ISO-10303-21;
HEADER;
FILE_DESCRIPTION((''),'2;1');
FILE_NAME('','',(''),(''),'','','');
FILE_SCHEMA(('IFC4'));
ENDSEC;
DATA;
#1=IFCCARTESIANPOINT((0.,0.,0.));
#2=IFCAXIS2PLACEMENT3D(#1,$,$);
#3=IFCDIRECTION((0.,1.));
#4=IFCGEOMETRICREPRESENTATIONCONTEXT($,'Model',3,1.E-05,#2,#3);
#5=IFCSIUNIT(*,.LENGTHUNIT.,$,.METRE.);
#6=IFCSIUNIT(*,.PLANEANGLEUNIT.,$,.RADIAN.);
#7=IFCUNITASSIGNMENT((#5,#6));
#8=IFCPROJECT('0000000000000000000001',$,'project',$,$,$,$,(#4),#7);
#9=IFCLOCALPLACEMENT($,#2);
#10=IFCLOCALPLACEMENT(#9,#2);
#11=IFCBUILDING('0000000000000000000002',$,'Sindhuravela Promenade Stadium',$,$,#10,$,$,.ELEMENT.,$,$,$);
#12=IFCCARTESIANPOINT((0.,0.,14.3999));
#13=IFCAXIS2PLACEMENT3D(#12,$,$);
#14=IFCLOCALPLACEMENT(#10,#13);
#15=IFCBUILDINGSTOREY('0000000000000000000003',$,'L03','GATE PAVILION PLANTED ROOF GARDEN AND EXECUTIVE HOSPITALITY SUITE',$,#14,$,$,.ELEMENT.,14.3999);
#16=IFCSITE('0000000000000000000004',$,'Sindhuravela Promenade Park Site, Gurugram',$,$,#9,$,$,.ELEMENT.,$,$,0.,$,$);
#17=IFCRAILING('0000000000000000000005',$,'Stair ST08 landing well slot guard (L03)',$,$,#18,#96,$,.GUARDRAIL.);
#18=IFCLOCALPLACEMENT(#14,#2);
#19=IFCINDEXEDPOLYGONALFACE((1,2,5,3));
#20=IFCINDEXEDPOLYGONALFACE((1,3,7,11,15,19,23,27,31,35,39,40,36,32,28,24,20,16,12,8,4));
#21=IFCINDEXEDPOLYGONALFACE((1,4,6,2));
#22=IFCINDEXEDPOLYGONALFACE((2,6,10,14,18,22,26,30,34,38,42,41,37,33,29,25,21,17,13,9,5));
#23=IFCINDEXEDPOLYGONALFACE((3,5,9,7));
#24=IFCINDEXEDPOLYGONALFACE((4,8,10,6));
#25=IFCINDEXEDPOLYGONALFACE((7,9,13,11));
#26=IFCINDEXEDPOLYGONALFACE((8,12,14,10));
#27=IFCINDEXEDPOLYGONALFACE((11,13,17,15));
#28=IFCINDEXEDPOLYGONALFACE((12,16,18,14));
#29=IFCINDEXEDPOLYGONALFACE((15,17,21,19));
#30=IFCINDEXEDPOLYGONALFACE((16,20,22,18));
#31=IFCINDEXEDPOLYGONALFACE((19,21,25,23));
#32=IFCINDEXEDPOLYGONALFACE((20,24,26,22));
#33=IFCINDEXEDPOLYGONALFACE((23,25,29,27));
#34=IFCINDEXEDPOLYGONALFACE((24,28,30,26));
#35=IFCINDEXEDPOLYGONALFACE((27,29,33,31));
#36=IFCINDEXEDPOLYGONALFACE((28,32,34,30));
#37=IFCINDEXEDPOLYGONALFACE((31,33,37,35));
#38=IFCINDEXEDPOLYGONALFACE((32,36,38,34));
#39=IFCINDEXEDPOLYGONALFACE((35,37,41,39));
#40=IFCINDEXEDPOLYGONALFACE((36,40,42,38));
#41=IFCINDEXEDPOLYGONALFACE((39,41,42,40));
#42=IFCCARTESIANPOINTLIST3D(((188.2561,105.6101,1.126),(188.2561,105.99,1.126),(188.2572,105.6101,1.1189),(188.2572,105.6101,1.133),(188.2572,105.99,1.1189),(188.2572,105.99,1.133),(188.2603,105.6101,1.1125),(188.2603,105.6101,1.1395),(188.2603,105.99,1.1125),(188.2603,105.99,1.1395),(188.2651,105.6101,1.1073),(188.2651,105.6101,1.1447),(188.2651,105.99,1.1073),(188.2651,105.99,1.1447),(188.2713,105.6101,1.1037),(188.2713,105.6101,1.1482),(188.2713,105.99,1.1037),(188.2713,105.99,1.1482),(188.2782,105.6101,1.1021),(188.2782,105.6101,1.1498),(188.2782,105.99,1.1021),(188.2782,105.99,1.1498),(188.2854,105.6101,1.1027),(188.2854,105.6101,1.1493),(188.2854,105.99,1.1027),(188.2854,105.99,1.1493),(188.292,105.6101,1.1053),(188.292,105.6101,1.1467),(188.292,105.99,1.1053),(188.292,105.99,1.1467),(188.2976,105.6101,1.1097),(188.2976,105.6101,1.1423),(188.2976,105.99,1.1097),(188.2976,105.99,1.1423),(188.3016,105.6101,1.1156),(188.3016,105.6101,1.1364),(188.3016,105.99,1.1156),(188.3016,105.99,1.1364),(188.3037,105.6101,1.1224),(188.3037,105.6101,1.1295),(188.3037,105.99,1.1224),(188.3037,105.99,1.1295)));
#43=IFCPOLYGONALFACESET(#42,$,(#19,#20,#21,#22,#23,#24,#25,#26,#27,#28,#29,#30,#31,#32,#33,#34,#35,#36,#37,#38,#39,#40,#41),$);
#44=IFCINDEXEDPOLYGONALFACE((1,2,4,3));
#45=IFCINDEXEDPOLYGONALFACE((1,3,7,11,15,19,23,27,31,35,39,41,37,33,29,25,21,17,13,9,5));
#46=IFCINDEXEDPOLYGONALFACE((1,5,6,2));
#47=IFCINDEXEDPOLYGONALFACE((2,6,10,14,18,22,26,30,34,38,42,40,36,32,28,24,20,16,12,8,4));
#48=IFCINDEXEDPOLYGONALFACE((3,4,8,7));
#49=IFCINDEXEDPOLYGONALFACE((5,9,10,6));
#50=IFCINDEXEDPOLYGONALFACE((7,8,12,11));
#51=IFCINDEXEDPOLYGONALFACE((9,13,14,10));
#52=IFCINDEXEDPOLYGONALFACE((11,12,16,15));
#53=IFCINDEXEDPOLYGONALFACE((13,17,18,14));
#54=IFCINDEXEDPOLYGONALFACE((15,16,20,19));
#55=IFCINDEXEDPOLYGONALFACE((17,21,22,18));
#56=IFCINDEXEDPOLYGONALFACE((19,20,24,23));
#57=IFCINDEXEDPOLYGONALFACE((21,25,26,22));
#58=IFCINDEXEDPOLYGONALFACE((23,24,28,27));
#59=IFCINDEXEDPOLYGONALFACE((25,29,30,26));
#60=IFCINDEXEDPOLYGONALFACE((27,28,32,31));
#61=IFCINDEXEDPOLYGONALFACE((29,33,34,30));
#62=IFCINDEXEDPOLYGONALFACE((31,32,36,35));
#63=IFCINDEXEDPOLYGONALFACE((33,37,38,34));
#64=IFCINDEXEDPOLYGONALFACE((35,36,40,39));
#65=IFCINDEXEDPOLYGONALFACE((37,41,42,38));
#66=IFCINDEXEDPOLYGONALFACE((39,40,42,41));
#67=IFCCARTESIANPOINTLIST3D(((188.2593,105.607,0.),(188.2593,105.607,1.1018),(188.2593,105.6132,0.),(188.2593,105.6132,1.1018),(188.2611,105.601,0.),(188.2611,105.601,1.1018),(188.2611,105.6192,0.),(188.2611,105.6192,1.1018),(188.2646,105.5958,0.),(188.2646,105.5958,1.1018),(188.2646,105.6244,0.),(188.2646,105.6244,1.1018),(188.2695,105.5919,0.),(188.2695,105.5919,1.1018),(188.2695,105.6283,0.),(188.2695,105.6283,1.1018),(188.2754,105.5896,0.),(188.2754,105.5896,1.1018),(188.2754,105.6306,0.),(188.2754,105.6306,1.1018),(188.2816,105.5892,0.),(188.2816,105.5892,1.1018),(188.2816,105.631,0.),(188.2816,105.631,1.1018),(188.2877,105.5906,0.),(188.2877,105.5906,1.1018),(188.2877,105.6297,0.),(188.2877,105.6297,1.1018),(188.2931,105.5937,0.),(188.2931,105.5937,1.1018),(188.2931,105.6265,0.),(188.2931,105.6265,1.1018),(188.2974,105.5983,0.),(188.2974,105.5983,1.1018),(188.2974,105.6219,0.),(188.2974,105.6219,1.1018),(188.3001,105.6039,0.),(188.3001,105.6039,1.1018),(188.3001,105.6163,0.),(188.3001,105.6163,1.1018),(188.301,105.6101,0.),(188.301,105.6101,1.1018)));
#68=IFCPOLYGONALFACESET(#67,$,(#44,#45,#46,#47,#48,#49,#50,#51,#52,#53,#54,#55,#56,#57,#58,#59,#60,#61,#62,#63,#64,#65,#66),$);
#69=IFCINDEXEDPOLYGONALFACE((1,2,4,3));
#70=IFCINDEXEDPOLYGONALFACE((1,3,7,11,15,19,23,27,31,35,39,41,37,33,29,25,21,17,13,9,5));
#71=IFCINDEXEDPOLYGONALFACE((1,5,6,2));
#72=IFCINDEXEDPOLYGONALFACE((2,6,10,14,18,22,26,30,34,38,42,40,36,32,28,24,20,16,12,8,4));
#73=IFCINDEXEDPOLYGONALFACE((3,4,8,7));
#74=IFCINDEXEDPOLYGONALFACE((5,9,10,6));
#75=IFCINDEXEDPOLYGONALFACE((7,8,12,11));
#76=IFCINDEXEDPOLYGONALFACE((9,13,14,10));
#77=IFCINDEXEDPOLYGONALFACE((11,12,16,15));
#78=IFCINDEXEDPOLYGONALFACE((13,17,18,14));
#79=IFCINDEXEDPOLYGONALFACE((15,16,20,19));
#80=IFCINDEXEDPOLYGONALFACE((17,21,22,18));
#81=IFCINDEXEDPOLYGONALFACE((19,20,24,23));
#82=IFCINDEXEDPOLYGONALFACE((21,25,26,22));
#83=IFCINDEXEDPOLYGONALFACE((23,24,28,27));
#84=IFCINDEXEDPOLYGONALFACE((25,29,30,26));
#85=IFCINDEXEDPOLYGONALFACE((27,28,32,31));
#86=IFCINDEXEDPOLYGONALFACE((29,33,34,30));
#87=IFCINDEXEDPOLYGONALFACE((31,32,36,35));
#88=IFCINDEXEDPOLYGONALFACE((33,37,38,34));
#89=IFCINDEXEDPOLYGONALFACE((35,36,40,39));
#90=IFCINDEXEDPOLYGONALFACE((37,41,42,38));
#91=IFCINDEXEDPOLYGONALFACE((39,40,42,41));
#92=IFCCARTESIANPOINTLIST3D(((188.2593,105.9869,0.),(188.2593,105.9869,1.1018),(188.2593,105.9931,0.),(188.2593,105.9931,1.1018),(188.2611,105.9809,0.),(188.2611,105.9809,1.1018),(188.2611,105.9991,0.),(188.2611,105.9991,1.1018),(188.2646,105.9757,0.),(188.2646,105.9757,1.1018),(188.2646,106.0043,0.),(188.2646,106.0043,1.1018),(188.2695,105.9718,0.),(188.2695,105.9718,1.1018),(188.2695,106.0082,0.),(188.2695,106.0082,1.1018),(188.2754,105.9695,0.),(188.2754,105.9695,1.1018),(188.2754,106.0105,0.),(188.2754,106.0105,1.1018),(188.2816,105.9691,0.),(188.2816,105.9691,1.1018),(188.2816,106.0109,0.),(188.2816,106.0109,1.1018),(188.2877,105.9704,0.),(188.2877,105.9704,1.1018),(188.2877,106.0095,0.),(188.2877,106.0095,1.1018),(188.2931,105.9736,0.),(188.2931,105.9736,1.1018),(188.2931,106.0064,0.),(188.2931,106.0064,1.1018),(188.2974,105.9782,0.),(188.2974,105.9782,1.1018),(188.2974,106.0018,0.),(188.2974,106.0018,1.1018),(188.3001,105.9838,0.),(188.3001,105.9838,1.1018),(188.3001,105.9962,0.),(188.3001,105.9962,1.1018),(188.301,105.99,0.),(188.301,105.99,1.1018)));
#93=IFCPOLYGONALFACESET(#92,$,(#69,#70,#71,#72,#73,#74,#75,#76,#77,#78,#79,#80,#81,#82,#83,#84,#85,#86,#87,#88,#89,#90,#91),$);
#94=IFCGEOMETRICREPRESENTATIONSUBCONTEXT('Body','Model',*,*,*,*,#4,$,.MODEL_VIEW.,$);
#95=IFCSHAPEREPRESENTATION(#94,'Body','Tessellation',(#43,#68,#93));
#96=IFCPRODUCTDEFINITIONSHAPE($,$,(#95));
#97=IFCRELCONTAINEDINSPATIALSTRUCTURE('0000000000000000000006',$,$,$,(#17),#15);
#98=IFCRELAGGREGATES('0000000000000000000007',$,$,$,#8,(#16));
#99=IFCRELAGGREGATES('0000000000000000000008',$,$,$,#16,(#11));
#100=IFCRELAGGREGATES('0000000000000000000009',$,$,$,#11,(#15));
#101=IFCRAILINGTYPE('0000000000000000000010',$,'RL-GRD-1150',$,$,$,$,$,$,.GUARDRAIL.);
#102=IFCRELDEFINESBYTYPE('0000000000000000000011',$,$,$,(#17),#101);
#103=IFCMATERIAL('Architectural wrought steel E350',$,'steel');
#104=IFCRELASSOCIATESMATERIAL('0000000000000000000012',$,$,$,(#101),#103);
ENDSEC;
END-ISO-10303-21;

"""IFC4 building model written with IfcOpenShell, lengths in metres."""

from ifc_helpers import new_model, si_unit, direction, frame, origin, origin_2d, place, context, subcontext, project, spatial, circle, extrude, material, type_object, element, save


model = new_model("IFC4")

# Units and contexts
model_context = context("Model", 3, precision=1e-05, world=origin(), true_north=direction((0.0, 1.0)))
body_context = subcontext(model_context, "Body", "Model", "MODEL_VIEW")
ifc_project = project(units=[si_unit("LENGTHUNIT", "METRE"), si_unit("PLANEANGLEUNIT", "RADIAN")], contexts=[model_context])

# Site, building, storey
site_placement = place(None, origin())
site = spatial("IfcSite", under=ifc_project, at=site_placement, Name="Sindhuravela Promenade Park Site, Gurugram", CompositionType="ELEMENT", RefElevation=0.0)
building_placement = place(site_placement, origin())
building = spatial("IfcBuilding", under=site, at=building_placement, Name="Sindhuravela Promenade Stadium", CompositionType="ELEMENT")
storey_placement = place(building_placement, frame((0.0, 0.0, 14.3999)))
storey = spatial("IfcBuildingStorey", under=building, at=storey_placement, Name="L03", Description="GATE PAVILION PLANTED ROOF GARDEN AND EXECUTIVE HOSPITALITY SUITE", CompositionType="ELEMENT", Elevation=14.3999)

# Shared definitions
ifc_material_1 = material(Name="Architectural wrought steel E350", Category="steel")

# Railing
railing_type_1 = type_object("IfcRailingType", Name="RL-GRD-1150", PredefinedType="GUARDRAIL", material=ifc_material_1)
railing_1_placement = place(storey_placement, frame((188.28, 105.6101, 0.0)))
element("IfcRailing", 1, at=railing_1_placement, inside=storey, type_object=railing_type_1, Name="Stair ST08 landing well slot guard (L03)", PredefinedType="GUARDRAIL", context=body_context, shape_type="SweptSolid", body=[
    extrude(circle(Radius=0.0239, at=origin_2d()), frame((0.0, 0.0, 1.126), z_axis=(0.0, 1.0, 0.0), x_axis=(-1.0, 0.0, 0.0)), (0.0, 0.0, 1.0), 0.3799),
    extrude(circle(Radius=0.021, at=origin_2d()), origin(), (0.0, 0.0, 1.0), 1.1018),
    extrude(circle(Radius=0.021, at=origin_2d()), frame((0.0, 0.3799, 0.0)), (0.0, 0.0, 1.0), 1.1018),
])

save(model, "model.ifc")
